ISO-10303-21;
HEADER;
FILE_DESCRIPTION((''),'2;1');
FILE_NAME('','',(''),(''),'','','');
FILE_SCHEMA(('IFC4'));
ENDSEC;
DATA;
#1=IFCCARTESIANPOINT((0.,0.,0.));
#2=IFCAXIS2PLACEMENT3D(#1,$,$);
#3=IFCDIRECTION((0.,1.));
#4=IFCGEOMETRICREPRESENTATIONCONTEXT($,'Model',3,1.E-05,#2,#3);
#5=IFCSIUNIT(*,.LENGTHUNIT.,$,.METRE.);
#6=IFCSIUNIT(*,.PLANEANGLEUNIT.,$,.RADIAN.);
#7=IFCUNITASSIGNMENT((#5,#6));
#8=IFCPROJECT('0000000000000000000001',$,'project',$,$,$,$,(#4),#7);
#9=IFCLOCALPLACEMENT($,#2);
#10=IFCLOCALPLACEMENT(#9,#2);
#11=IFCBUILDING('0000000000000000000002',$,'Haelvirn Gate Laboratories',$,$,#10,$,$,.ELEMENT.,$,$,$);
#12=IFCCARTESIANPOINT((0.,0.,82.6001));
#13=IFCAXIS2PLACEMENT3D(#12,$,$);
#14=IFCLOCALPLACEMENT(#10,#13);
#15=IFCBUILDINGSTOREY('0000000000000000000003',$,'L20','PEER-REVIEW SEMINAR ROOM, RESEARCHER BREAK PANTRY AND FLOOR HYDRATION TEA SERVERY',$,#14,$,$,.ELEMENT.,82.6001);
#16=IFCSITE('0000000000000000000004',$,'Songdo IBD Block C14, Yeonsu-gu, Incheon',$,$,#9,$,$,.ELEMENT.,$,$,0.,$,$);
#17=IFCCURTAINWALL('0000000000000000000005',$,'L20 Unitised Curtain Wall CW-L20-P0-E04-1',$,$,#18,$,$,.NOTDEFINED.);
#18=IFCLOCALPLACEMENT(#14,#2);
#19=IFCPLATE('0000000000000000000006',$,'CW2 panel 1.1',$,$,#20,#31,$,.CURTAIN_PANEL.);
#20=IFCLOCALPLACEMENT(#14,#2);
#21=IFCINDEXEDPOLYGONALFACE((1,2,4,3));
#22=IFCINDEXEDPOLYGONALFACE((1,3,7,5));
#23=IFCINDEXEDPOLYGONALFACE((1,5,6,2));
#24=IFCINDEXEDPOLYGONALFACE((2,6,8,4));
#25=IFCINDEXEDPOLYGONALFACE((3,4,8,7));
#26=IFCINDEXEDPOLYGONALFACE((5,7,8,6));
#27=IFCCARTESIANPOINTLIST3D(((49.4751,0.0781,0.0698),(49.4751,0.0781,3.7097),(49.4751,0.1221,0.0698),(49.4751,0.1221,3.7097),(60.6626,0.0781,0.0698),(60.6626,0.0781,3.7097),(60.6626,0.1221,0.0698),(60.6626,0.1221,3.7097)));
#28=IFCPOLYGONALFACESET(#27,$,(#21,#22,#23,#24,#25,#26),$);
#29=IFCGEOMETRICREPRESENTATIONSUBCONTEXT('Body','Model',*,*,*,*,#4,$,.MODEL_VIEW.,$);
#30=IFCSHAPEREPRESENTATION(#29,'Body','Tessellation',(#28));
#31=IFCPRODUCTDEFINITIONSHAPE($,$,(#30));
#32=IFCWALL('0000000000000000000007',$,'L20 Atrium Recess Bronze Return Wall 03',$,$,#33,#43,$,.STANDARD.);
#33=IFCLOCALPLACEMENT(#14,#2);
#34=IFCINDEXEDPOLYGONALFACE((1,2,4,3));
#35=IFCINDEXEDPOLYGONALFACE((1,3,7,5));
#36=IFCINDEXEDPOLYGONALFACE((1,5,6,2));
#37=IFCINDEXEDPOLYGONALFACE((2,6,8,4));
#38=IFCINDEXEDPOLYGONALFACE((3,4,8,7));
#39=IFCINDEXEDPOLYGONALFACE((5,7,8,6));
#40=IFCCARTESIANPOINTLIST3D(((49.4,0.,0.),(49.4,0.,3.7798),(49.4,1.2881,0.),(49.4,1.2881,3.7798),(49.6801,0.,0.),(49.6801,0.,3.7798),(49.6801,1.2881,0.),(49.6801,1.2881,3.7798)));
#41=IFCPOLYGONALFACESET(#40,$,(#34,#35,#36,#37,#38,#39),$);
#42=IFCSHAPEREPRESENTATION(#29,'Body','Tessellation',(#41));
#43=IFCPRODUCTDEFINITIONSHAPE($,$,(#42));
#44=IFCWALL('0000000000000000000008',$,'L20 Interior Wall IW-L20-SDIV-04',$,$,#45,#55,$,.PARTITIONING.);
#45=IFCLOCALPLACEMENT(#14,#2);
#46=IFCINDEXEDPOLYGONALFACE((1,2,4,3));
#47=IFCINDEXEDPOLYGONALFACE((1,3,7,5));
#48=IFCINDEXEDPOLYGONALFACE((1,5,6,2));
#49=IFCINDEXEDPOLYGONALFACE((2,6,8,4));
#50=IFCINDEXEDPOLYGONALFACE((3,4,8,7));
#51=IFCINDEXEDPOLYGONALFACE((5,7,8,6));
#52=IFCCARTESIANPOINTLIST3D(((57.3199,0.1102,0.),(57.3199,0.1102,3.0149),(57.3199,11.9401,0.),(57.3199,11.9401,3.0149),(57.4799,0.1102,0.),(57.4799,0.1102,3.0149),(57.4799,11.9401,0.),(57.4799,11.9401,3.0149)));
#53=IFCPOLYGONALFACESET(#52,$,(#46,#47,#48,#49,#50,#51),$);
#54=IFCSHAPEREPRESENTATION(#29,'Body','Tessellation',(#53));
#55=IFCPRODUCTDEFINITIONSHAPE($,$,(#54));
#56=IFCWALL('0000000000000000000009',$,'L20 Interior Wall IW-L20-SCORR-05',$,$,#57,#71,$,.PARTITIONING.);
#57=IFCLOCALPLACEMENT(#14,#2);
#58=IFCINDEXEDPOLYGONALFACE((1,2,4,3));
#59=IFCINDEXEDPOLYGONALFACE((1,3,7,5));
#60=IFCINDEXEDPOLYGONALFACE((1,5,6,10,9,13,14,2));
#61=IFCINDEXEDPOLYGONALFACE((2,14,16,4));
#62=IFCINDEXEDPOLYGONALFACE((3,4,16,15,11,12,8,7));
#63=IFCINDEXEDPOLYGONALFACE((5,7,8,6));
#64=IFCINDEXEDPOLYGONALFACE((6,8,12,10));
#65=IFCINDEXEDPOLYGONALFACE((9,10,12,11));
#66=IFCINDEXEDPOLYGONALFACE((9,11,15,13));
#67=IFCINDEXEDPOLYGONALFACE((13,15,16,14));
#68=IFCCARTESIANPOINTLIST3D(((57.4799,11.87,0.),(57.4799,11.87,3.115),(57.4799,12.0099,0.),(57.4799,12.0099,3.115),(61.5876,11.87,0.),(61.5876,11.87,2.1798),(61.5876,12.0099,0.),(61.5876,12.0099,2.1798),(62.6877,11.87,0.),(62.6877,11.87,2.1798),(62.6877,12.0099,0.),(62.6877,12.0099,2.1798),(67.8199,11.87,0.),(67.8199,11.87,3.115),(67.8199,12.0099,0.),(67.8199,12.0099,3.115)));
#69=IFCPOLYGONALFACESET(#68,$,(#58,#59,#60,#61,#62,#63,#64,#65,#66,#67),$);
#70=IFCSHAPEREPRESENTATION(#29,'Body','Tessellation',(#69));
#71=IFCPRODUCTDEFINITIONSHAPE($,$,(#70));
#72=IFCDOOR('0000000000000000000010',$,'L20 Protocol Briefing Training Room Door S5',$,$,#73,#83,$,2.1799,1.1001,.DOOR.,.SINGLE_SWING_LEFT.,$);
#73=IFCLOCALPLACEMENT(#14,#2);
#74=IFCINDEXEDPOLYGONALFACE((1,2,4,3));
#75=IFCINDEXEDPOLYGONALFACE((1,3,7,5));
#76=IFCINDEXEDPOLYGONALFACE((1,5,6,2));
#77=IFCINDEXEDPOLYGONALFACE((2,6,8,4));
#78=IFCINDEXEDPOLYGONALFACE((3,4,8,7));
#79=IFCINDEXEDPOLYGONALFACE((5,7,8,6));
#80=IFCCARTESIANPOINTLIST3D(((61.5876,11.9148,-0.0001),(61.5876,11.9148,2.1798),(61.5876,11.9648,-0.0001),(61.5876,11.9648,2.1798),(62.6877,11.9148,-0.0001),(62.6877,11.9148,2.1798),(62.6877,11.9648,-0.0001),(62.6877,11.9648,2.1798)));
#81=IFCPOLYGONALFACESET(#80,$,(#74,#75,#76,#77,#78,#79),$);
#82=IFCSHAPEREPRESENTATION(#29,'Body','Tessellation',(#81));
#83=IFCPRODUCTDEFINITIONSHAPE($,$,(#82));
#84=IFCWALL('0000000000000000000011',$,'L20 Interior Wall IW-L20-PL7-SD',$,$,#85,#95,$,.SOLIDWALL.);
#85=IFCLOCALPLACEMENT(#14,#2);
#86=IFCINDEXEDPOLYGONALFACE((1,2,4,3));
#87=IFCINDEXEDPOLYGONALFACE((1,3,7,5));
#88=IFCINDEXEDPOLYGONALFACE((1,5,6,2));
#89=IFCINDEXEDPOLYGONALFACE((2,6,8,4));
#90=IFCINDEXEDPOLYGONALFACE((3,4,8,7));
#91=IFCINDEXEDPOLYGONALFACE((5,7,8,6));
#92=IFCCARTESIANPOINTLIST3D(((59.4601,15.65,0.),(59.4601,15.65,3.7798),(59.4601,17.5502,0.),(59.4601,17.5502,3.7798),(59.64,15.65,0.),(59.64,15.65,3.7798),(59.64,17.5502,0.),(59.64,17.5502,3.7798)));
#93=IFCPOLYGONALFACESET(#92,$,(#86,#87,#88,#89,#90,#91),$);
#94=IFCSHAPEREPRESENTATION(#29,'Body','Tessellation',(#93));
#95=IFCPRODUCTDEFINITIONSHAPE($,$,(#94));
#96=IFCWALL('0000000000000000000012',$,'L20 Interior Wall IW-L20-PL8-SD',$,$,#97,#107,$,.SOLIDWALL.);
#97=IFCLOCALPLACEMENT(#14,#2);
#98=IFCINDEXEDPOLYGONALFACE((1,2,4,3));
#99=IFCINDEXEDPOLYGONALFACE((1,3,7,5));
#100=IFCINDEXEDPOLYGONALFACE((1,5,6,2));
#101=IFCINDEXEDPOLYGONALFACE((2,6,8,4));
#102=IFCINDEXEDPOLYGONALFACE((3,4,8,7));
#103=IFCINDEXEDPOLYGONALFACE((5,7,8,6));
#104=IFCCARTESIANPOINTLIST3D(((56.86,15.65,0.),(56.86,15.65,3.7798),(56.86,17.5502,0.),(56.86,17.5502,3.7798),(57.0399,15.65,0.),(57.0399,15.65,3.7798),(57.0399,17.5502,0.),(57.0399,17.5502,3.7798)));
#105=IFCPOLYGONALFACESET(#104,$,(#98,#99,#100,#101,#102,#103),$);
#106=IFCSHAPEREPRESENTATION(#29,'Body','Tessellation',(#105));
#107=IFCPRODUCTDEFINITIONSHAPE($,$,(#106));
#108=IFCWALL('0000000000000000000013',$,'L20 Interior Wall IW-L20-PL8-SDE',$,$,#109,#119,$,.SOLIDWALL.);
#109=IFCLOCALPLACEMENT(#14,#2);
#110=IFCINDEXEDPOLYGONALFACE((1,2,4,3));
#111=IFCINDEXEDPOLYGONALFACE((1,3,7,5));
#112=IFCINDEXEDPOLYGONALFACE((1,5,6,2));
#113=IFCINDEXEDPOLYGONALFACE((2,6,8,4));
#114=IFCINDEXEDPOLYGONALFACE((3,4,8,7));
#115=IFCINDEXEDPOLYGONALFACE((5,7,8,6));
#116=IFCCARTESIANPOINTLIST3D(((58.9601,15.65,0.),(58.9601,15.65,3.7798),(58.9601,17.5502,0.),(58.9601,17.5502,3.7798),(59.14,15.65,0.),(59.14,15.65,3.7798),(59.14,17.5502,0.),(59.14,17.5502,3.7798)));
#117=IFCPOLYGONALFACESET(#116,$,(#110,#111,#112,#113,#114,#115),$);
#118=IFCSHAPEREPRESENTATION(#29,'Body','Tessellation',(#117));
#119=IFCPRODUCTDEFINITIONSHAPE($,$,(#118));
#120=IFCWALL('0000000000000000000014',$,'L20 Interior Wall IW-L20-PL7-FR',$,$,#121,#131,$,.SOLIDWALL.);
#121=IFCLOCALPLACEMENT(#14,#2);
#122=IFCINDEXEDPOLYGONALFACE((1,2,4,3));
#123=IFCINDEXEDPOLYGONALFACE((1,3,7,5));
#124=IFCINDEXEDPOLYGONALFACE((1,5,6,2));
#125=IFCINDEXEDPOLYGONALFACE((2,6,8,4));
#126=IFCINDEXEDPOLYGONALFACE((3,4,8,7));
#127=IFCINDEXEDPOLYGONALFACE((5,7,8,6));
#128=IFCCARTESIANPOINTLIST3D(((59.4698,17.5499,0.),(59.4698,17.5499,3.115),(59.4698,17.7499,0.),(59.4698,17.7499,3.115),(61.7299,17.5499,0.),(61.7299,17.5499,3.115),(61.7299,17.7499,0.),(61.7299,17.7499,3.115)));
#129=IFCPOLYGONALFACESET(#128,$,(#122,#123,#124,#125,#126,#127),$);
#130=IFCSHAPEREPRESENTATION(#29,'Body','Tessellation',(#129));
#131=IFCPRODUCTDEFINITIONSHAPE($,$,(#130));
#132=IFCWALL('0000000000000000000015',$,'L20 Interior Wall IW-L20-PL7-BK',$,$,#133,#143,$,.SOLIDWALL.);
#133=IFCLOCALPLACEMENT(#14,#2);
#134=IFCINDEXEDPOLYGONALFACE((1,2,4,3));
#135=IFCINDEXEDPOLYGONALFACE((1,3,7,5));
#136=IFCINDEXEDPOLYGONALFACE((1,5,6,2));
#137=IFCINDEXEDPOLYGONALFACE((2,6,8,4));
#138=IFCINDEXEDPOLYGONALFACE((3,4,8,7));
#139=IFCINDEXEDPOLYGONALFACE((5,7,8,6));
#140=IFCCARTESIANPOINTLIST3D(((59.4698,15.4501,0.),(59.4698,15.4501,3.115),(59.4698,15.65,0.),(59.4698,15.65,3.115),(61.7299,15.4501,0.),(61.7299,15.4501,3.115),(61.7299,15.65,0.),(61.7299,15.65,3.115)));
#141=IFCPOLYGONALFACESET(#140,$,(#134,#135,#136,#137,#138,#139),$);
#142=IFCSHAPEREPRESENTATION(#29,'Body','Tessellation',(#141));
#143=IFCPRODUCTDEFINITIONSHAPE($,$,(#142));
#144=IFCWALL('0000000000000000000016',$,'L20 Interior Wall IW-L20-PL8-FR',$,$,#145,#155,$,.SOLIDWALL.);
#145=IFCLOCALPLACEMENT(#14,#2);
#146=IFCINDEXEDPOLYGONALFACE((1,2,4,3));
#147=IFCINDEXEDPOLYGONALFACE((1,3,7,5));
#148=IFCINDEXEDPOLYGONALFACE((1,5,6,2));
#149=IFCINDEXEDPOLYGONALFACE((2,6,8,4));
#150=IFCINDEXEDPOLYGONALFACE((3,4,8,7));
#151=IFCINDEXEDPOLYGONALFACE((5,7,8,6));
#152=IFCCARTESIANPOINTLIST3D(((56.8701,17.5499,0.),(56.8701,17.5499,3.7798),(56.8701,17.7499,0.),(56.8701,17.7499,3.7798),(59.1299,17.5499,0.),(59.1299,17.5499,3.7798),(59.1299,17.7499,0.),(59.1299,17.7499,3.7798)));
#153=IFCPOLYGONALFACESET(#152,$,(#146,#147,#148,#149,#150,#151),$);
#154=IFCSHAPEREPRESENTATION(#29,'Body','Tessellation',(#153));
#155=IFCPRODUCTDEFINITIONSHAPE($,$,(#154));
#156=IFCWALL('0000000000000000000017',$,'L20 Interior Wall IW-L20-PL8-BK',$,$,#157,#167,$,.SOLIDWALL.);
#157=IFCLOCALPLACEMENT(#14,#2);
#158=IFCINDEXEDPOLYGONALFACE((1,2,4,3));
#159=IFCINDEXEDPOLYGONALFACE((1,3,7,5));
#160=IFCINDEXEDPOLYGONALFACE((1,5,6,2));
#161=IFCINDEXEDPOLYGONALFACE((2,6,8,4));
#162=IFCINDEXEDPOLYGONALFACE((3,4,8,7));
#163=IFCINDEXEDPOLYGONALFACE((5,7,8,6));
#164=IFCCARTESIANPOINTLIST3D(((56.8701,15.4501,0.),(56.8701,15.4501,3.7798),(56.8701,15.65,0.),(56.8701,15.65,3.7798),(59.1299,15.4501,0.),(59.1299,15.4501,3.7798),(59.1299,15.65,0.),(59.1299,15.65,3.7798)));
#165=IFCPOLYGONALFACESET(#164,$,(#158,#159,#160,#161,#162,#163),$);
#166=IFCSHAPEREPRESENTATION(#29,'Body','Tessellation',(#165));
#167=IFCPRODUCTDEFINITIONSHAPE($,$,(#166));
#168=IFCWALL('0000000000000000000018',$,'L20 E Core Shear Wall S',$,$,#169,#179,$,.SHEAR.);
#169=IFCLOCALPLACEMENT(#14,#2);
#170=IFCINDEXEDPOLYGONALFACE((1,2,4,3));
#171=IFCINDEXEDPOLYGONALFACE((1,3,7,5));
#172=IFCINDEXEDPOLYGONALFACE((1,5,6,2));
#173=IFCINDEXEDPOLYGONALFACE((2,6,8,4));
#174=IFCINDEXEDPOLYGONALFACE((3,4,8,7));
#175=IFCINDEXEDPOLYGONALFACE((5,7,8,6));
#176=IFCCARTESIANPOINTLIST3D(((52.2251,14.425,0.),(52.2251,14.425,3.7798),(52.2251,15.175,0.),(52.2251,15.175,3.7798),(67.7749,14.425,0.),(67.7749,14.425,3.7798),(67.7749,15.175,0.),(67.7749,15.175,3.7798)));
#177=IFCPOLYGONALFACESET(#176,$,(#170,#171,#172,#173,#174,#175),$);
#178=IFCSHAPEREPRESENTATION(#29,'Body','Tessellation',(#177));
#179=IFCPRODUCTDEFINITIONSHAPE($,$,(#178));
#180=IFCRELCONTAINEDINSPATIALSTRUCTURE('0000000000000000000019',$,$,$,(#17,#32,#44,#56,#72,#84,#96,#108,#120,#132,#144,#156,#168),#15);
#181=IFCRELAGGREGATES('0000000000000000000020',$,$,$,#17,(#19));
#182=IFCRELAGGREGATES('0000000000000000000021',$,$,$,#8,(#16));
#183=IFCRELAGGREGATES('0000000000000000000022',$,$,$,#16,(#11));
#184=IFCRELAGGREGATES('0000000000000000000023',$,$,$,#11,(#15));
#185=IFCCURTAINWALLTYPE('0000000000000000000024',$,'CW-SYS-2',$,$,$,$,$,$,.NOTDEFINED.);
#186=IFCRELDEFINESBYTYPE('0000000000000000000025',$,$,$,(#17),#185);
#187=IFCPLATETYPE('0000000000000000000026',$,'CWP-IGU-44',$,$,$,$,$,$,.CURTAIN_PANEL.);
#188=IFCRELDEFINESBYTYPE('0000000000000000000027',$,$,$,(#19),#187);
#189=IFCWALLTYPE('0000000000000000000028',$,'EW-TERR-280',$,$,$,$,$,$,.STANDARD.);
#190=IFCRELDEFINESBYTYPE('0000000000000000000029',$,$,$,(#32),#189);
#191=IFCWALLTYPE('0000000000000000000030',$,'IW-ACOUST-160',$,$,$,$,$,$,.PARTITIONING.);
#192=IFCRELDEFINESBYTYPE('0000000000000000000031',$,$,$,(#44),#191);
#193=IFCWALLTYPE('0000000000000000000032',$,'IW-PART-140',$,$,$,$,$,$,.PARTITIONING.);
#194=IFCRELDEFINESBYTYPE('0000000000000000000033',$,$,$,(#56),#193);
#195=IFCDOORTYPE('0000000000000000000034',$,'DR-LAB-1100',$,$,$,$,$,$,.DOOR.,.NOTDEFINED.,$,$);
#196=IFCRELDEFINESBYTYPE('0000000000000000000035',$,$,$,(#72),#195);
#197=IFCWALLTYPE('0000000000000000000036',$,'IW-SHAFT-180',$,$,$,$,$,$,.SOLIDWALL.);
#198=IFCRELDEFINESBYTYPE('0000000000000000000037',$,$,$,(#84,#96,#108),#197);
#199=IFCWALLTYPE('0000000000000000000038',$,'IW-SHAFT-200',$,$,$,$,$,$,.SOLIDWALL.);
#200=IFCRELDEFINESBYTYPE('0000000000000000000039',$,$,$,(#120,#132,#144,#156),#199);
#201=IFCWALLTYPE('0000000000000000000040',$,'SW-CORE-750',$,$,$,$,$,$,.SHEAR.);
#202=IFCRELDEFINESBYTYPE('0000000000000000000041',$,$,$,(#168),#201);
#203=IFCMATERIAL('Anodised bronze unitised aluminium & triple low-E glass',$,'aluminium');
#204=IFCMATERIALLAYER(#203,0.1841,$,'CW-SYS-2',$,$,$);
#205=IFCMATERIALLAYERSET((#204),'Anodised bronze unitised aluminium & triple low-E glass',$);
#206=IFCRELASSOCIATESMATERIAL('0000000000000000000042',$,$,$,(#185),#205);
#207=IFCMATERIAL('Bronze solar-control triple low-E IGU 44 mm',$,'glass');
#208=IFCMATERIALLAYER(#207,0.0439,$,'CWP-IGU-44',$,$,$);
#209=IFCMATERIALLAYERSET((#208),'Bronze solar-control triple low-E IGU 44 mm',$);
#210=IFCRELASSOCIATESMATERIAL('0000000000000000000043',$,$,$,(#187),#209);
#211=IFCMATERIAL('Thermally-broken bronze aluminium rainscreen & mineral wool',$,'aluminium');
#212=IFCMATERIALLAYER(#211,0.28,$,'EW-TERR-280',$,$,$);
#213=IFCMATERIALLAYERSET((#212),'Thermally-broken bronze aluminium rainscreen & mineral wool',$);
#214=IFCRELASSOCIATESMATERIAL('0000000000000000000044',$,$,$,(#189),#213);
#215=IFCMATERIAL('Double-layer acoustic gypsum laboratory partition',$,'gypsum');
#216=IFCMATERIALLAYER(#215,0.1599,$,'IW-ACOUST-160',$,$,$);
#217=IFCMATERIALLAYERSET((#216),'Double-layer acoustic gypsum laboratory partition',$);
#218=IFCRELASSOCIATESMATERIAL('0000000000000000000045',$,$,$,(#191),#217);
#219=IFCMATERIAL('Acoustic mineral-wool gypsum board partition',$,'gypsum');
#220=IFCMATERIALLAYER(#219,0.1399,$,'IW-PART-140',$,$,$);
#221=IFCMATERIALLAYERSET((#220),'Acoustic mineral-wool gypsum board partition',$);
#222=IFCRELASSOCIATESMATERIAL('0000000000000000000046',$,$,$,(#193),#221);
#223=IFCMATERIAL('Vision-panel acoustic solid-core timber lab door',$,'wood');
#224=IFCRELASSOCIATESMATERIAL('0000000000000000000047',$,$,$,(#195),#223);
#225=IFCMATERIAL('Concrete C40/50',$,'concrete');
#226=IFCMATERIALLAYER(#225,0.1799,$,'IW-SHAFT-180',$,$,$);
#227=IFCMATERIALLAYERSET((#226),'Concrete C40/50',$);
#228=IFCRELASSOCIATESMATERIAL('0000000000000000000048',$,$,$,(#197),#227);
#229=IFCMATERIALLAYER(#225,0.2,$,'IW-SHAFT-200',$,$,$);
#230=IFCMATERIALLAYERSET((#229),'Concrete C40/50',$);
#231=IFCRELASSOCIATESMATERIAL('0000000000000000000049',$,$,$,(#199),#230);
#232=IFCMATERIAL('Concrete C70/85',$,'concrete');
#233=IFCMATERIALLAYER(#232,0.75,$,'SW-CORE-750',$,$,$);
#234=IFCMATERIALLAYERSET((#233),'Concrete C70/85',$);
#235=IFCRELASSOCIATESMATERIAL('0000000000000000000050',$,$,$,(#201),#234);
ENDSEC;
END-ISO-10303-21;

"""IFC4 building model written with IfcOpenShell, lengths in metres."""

from ifc_helpers import new_model, si_unit, direction, frame, frame_2d, origin, origin_2d, place, context, subcontext, project, spatial, rectangle, extrude, source, transform, mapped, material, layer, layer_set, type_object, type_shapes, element, fill, aggregate, save


model = new_model("IFC4")

# Units and contexts
model_context = context("Model", 3, precision=1e-05, world=origin(), true_north=direction((0.0, 1.0)))
body_context = subcontext(model_context, "Body", "Model", "MODEL_VIEW")
ifc_project = project(units=[si_unit("LENGTHUNIT", "METRE"), si_unit("PLANEANGLEUNIT", "RADIAN")], contexts=[model_context])

# Site, building, storey
site_placement = place(None, origin())
site = spatial("IfcSite", under=ifc_project, at=site_placement, Name="Songdo IBD Block C14, Yeonsu-gu, Incheon", CompositionType="ELEMENT", RefElevation=0.0)
building_placement = place(site_placement, origin())
building = spatial("IfcBuilding", under=site, at=building_placement, Name="Haelvirn Gate Laboratories", CompositionType="ELEMENT")
storey_placement = place(building_placement, frame((0.0, 0.0, 82.6001)))
storey = spatial("IfcBuildingStorey", under=building, at=storey_placement, Name="L20", Description="PEER-REVIEW SEMINAR ROOM, RESEARCHER BREAK PANTRY AND FLOOR HYDRATION TEA SERVERY", CompositionType="ELEMENT", Elevation=82.6001)

# Shared definitions
ifc_material_1 = material(Name="Concrete C70/85", Category="concrete")

# Shared definitions
ifc_material_2 = material(Name="Anodised bronze unitised aluminium & triple low-E glass", Category="aluminium")
ifc_layer_1 = layer(ifc_material_2, 0.1841, Name="CW-SYS-2")
ifc_layer_set_1 = layer_set([ifc_layer_1], Name="Anodised bronze unitised aluminium & triple low-E glass")
curtain_wall_type = type_object("IfcCurtainWallType", Name="CW-SYS-2", PredefinedType="NOTDEFINED", material=ifc_layer_set_1)

# Curtain wall, plate
curtain_wall_1_placement = place(storey_placement, origin())
curtain_wall_1 = element("IfcCurtainWall", 1, at=curtain_wall_1_placement, inside=storey, type_object=curtain_wall_type, Name="L20 Unitised Curtain Wall CW-L20-P0-E04-1", PredefinedType="NOTDEFINED")
ifc_material_3 = material(Name="Bronze solar-control triple low-E IGU 44 mm", Category="glass")
ifc_layer_2 = layer(ifc_material_3, 0.0439, Name="CWP-IGU-44")
ifc_layer_set_2 = layer_set([ifc_layer_2], Name="Bronze solar-control triple low-E IGU 44 mm")
plate_type = type_object("IfcPlateType", Name="CWP-IGU-44", PredefinedType="CURTAIN_PANEL", material=ifc_layer_set_2)
shared_shape_1 = source(origin(), body_context, "Body", "SweptSolid", [
    extrude(rectangle(XDim=11.1875, YDim=0.0439, at=origin_2d()), origin(), (0.0, 0.0, 1.0), 3.6399),
])
type_shapes(plate_type, [shared_shape_1])
plate_placement = place(storey_placement, frame((55.0688, 0.1001, 0.0698), z_axis=(0.0, 0.0, 1.0), x_axis=(1.0, 0.0, 0.0)))
plate = element("IfcPlate", 2, at=plate_placement, type_object=plate_type, Name="CW2 panel 1.1", PredefinedType="CURTAIN_PANEL", context=body_context, shape_type="MappedRepresentation", body=[
    mapped(shared_shape_1, transform((0.0, 0.0, 0.0), scale=1.0)),
])
aggregate(curtain_wall_1, [plate])

# Walls
ifc_material_4 = material(Name="Thermally-broken bronze aluminium rainscreen & mineral wool", Category="aluminium")
ifc_layer_3 = layer(ifc_material_4, 0.28, Name="EW-TERR-280")
ifc_layer_set_3 = layer_set([ifc_layer_3], Name="Thermally-broken bronze aluminium rainscreen & mineral wool")
wall_type_1 = type_object("IfcWallType", Name="EW-TERR-280", PredefinedType="STANDARD", material=ifc_layer_set_3)
wall_1_placement = place(storey_placement, frame((49.54, 1.2881, 0.0), z_axis=(0.0, 0.0, 1.0), x_axis=(0.0, -1.0, 0.0)))
element("IfcWall", 3, at=wall_1_placement, inside=storey, type_object=wall_type_1, Name="L20 Atrium Recess Bronze Return Wall 03", PredefinedType="STANDARD", context=body_context, shape_type="SweptSolid", body=[
    extrude(rectangle(XDim=1.2881, YDim=0.28, at=frame_2d((0.644, 0.0))), origin(), (0.0, 0.0, 1.0), 3.7798),
])
ifc_material_5 = material(Name="Double-layer acoustic gypsum laboratory partition", Category="gypsum")
ifc_layer_4 = layer(ifc_material_5, 0.1599, Name="IW-ACOUST-160")
ifc_layer_set_4 = layer_set([ifc_layer_4], Name="Double-layer acoustic gypsum laboratory partition")
wall_type_2 = type_object("IfcWallType", Name="IW-ACOUST-160", PredefinedType="PARTITIONING", material=ifc_layer_set_4)
wall_2_placement = place(storey_placement, frame((57.3999, 0.1101, 0.0), z_axis=(0.0, 0.0, 1.0), x_axis=(0.0, 1.0, 0.0)))
element("IfcWall", 4, at=wall_2_placement, inside=storey, type_object=wall_type_2, Name="L20 Interior Wall IW-L20-SDIV-04", PredefinedType="PARTITIONING", context=body_context, shape_type="SweptSolid", body=[
    extrude(rectangle(XDim=11.8298, YDim=0.1599, at=frame_2d((5.915, 0.0))), origin(), (0.0, 0.0, 1.0), 3.0149),
])

# Wall, opening, door
ifc_material_6 = material(Name="Acoustic mineral-wool gypsum board partition", Category="gypsum")
ifc_layer_5 = layer(ifc_material_6, 0.1399, Name="IW-PART-140")
ifc_layer_set_5 = layer_set([ifc_layer_5], Name="Acoustic mineral-wool gypsum board partition")
wall_type_3 = type_object("IfcWallType", Name="IW-PART-140", PredefinedType="PARTITIONING", material=ifc_layer_set_5)
wall_3_placement = place(storey_placement, frame((57.48, 11.9399, 0.0), z_axis=(0.0, 0.0, 1.0), x_axis=(1.0, 0.0, 0.0)))
wall_3 = element("IfcWall", 5, at=wall_3_placement, inside=storey, type_object=wall_type_3, Name="L20 Interior Wall IW-L20-SCORR-05", PredefinedType="PARTITIONING", context=body_context, shape_type="SweptSolid", body=[
    extrude(rectangle(XDim=10.3401, YDim=0.1399, at=frame_2d((5.1699, 0.0))), origin(), (0.0, 0.0, 1.0), 3.115),
])
opening_1_placement = place(wall_3_placement, frame((4.1077, 0.0, 0.0)))
opening_1 = element("IfcOpeningElement", 6, at=opening_1_placement, cuts=wall_3, PredefinedType="OPENING", context=body_context, shape_type="SweptSolid", body=[
    extrude(rectangle(XDim=1.1001, YDim=2.1799, at=frame_2d((0.55, 1.0898))), frame((0.0, 0.0801, 0.0), z_axis=(0.0, -1.0, 0.0), x_axis=(1.0, 0.0, 0.0)), (0.0, 0.0, 1.0), 0.1599),
])
ifc_material_7 = material(Name="Vision-panel acoustic solid-core timber lab door", Category="wood")
door_type_1 = type_object("IfcDoorType", Name="DR-LAB-1100", OperationType="NOTDEFINED", PredefinedType="DOOR", material=ifc_material_7)
shared_shape_2 = source(origin(), body_context, "Body", "SweptSolid", [
    extrude(rectangle(XDim=1.1001, YDim=2.1799, at=frame_2d((0.55, 1.0898))), frame((0.0, 0.0249, 0.0), z_axis=(0.0, -1.0, 0.0), x_axis=(1.0, 0.0, 0.0)), (0.0, 0.0, 1.0), 0.05),
])
type_shapes(door_type_1, [shared_shape_2])
door_1_placement = place(opening_1_placement, origin())
door_1 = element("IfcDoor", 7, at=door_1_placement, inside=storey, type_object=door_type_1, Name="L20 Protocol Briefing Training Room Door S5", OperationType="SINGLE_SWING_LEFT", OverallHeight=2.1799, OverallWidth=1.1001, PredefinedType="DOOR", context=body_context, shape_type="MappedRepresentation", body=[
    mapped(shared_shape_2, transform((0.0, 0.0, 0.0), scale=1.0)),
])
fill(opening_1, door_1)

# Walls
ifc_material_8 = material(Name="Concrete C40/50", Category="concrete")
ifc_layer_6 = layer(ifc_material_8, 0.1799, Name="IW-SHAFT-180")
ifc_layer_set_6 = layer_set([ifc_layer_6], Name="Concrete C40/50")
wall_type_4 = type_object("IfcWallType", Name="IW-SHAFT-180", PredefinedType="SOLIDWALL", material=ifc_layer_set_6)
for number, where, z_axis, x_axis, name in (
    (8, (59.55, 15.6499, 0.0), (0.0, 0.0, 1.0), (0.0, 1.0, 0.0), "L20 Interior Wall IW-L20-PL7-SD"),
    (9, (56.95, 15.6499, 0.0), (0.0, 0.0, 1.0), (0.0, 1.0, 0.0), "L20 Interior Wall IW-L20-PL8-SD"),
    (10, (59.05, 15.6499, 0.0), (0.0, 0.0, 1.0), (0.0, 1.0, 0.0), "L20 Interior Wall IW-L20-PL8-SDE"),
):
    element("IfcWall", number, at=place(storey_placement, frame(where, z_axis=z_axis, x_axis=x_axis)), inside=storey, type_object=wall_type_4, Name=name, PredefinedType="SOLIDWALL", context=body_context, shape_type="SweptSolid", body=[
        extrude(rectangle(XDim=1.9001, YDim=0.1799, at=frame_2d((0.9502, 0.0))), origin(), (0.0, 0.0, 1.0), 3.7798),
    ])
ifc_layer_7 = layer(ifc_material_8, 0.2, Name="IW-SHAFT-200")
ifc_layer_set_7 = layer_set([ifc_layer_7], Name="Concrete C40/50")
wall_type_5 = type_object("IfcWallType", Name="IW-SHAFT-200", PredefinedType="SOLIDWALL", material=ifc_layer_set_7)
for number, where, z_axis, x_axis, name in (
    (11, (59.47, 17.6499, 0.0), (0.0, 0.0, 1.0), (1.0, 0.0, 0.0), "L20 Interior Wall IW-L20-PL7-FR"),
    (12, (59.47, 15.55, 0.0), (0.0, 0.0, 1.0), (1.0, 0.0, 0.0), "L20 Interior Wall IW-L20-PL7-BK"),
):
    element("IfcWall", number, at=place(storey_placement, frame(where, z_axis=z_axis, x_axis=x_axis)), inside=storey, type_object=wall_type_5, Name=name, PredefinedType="SOLIDWALL", context=body_context, shape_type="SweptSolid", body=[
        extrude(rectangle(XDim=2.26, YDim=0.2, at=frame_2d((1.1299, 0.0))), origin(), (0.0, 0.0, 1.0), 3.115),
    ])
for number, where, z_axis, x_axis, name in (
    (13, (56.8701, 17.6499, 0.0), (0.0, 0.0, 1.0), (1.0, 0.0, 0.0), "L20 Interior Wall IW-L20-PL8-FR"),
    (14, (56.8701, 15.55, 0.0), (0.0, 0.0, 1.0), (1.0, 0.0, 0.0), "L20 Interior Wall IW-L20-PL8-BK"),
):
    element("IfcWall", number, at=place(storey_placement, frame(where, z_axis=z_axis, x_axis=x_axis)), inside=storey, type_object=wall_type_5, Name=name, PredefinedType="SOLIDWALL", context=body_context, shape_type="SweptSolid", body=[
        extrude(rectangle(XDim=2.2598, YDim=0.2, at=frame_2d((1.1299, 0.0))), origin(), (0.0, 0.0, 1.0), 3.7798),
    ])
ifc_layer_8 = layer(ifc_material_1, 0.75, Name="SW-CORE-750")
ifc_layer_set_8 = layer_set([ifc_layer_8], Name="Concrete C70/85")
wall_type_6 = type_object("IfcWallType", Name="SW-CORE-750", PredefinedType="SHEAR", material=ifc_layer_set_8)
wall_4_placement = place(storey_placement, frame((52.2251, 14.8, 0.0), z_axis=(0.0, 0.0, 1.0), x_axis=(1.0, 0.0, 0.0)))
element("IfcWall", 15, at=wall_4_placement, inside=storey, type_object=wall_type_6, Name="L20 E Core Shear Wall S", PredefinedType="SHEAR", context=body_context, shape_type="SweptSolid", body=[
    extrude(rectangle(XDim=15.5498, YDim=0.75, at=frame_2d((7.7749, 0.0))), origin(), (0.0, 0.0, 1.0), 3.7798),
])

save(model, "model.ifc")
